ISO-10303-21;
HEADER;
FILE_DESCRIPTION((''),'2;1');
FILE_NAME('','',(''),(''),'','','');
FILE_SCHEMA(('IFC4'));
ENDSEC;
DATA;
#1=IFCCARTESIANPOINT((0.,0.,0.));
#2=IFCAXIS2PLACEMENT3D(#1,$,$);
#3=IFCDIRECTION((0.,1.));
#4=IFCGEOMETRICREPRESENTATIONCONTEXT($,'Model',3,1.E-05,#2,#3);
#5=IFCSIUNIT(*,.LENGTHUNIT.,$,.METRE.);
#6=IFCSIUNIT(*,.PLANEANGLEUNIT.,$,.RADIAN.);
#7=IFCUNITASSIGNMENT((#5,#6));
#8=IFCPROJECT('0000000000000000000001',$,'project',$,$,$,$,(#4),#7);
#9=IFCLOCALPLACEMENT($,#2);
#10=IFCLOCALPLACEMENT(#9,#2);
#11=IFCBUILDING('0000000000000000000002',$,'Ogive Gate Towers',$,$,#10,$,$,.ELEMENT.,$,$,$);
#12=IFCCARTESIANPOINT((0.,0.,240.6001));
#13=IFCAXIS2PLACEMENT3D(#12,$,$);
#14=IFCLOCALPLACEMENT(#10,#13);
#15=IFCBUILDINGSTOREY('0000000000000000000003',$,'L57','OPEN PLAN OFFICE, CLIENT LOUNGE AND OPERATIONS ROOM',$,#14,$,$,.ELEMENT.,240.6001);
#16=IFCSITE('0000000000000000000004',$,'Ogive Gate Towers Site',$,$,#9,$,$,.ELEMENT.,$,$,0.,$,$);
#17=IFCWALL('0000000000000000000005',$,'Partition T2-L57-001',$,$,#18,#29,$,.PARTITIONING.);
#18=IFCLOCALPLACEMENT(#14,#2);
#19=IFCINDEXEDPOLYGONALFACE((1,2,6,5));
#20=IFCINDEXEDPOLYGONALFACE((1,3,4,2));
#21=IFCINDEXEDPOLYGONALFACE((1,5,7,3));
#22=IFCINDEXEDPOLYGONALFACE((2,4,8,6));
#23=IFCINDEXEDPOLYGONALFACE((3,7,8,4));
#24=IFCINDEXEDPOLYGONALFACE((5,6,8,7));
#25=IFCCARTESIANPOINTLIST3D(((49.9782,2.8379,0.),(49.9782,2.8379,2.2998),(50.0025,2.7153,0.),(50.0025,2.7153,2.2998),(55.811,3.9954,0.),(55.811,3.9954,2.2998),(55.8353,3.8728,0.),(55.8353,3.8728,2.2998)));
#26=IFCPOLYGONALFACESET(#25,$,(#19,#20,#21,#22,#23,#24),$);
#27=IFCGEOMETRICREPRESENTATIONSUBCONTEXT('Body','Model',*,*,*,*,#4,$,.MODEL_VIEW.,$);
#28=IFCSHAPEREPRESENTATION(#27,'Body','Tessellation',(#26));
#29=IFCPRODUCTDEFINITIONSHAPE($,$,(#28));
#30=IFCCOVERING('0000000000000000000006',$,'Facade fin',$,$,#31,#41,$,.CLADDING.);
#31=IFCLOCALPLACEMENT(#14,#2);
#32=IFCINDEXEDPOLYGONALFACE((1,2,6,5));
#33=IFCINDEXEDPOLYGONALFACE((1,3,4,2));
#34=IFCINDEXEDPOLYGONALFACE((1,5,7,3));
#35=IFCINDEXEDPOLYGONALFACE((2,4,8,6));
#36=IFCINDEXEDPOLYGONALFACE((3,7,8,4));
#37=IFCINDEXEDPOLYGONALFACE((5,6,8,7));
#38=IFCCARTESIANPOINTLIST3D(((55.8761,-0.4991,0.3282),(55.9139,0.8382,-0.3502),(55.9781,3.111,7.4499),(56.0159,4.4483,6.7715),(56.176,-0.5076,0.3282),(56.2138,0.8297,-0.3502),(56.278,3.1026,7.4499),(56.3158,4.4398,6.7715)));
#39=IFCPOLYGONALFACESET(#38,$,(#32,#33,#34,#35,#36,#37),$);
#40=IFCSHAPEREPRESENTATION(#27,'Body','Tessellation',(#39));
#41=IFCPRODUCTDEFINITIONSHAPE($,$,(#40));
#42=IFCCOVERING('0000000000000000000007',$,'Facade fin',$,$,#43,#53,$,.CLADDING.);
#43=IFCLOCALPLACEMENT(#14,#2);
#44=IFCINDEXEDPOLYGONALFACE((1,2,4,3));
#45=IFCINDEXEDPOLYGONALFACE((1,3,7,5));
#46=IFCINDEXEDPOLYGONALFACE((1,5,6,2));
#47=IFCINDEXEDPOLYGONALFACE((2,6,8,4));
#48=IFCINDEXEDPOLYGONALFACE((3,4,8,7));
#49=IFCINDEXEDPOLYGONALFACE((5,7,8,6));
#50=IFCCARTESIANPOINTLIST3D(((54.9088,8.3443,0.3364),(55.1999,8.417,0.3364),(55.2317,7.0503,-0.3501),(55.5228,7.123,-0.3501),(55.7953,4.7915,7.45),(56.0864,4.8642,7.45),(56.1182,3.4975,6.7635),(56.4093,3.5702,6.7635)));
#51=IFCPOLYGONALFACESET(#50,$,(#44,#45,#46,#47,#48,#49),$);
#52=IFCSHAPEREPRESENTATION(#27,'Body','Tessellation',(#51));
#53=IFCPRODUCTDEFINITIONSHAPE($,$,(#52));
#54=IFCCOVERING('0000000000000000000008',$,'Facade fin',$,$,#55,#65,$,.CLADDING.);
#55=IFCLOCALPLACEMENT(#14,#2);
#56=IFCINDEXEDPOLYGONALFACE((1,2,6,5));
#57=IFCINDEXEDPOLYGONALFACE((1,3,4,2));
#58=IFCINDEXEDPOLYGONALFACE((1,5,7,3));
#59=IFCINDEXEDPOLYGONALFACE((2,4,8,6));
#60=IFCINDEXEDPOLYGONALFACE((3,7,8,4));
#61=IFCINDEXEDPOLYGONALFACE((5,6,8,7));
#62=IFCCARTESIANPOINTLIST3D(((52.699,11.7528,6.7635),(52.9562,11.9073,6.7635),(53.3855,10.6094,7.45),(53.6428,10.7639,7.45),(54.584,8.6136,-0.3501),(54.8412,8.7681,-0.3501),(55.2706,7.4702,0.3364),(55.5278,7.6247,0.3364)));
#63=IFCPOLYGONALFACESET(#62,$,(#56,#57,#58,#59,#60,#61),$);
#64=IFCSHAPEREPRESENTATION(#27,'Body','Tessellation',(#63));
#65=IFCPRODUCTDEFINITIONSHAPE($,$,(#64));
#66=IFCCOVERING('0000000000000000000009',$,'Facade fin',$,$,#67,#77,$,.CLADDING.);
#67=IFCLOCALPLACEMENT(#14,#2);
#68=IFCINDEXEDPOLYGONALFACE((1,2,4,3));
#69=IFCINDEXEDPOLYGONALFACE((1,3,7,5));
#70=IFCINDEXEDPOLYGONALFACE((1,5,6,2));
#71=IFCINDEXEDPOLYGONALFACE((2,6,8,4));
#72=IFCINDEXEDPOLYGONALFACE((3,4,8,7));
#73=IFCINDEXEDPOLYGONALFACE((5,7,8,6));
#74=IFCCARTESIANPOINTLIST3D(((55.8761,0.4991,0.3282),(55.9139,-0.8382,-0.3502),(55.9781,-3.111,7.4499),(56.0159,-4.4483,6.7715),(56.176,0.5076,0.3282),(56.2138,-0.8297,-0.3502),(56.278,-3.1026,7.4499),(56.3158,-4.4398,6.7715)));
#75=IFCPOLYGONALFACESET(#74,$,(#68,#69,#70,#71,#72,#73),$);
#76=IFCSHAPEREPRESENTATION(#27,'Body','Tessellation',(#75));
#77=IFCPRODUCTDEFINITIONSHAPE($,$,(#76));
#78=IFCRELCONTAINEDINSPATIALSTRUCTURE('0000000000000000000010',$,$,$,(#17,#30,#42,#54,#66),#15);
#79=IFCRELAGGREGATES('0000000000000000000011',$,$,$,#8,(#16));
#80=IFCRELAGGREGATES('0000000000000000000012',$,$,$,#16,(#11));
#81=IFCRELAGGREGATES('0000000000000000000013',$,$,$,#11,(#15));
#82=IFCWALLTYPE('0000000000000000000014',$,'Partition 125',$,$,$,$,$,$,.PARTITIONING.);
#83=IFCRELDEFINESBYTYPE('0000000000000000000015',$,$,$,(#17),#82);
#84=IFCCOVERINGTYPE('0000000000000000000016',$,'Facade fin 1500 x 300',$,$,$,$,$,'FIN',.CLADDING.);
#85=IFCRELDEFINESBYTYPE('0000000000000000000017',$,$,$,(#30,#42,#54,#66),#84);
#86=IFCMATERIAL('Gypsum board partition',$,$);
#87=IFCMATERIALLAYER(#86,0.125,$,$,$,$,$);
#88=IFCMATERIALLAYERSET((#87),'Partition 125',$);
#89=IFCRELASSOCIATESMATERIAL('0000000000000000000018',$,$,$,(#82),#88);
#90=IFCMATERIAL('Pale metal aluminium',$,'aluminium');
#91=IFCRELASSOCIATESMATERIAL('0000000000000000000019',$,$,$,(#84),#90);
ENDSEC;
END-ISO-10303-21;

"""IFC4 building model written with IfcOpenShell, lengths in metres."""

from ifc_helpers import new_model, si_unit, direction, frame, frame_2d, origin, origin_2d, place, context, subcontext, project, spatial, rectangle, extrude, material, layer, layer_set, material_profile, profile_set, type_object, element, save


model = new_model("IFC4")

# Units and contexts
model_context = context("Model", 3, precision=1e-05, world=origin(), true_north=direction((0.0, 1.0)))
body_context = subcontext(model_context, "Body", "Model", "MODEL_VIEW")
ifc_project = project(units=[si_unit("LENGTHUNIT", "METRE"), si_unit("PLANEANGLEUNIT", "RADIAN")], contexts=[model_context])

# Site, building, storey
site_placement = place(None, origin())
site = spatial("IfcSite", under=ifc_project, at=site_placement, Name="Ogive Gate Towers Site", CompositionType="ELEMENT", RefElevation=0.0)
building_placement = place(site_placement, origin())
building = spatial("IfcBuilding", under=site, at=building_placement, Name="Ogive Gate Towers", CompositionType="ELEMENT")
storey_placement = place(building_placement, frame((0.0, 0.0, 240.6001)))
storey = spatial("IfcBuildingStorey", under=building, at=storey_placement, Name="L57", Description="OPEN PLAN OFFICE, CLIENT LOUNGE AND OPERATIONS ROOM", CompositionType="ELEMENT", Elevation=240.6001)

# Shared definitions
ifc_material_1 = material(Name="Pale metal aluminium", Category="aluminium")

# Wall
ifc_material_2 = material(Name="Gypsum board partition")
ifc_layer_1 = layer(ifc_material_2, 0.125)
ifc_layer_set_1 = layer_set([ifc_layer_1], Name="Partition 125")
wall_type = type_object("IfcWallType", Name="Partition 125", PredefinedType="PARTITIONING", material=ifc_layer_set_1)
wall_placement = place(storey_placement, frame((55.823, 3.9341, 0.0), z_axis=(0.0, 0.0, 1.0), x_axis=(-0.980873, -0.194647, 0.0)))
element("IfcWall", 1, at=wall_placement, inside=storey, type_object=wall_type, Name="Partition T2-L57-001", PredefinedType="PARTITIONING", context=body_context, shape_type="SweptSolid", body=[
    extrude(rectangle(XDim=5.9465, YDim=0.125, at=frame_2d((2.9731, 0.0))), origin(), (0.0, 0.0, 1.0), 2.2998),
])

# Coverings
ifc_material_profile_1 = material_profile(ifc_material_1, rectangle(XDim=0.3, YDim=1.5, at=origin_2d()), Name="1500 x 300 pale metal aluminium")
ifc_profile_set_1 = profile_set([ifc_material_profile_1], Name="Pale metal aluminium")
covering_type = type_object("IfcCoveringType", Name="Facade fin 1500 x 300", ElementType="FIN", PredefinedType="CLADDING", material=ifc_profile_set_1)
covering_1_placement = place(storey_placement, frame((56.0449, 0.1653, -0.011), z_axis=(0.01278, 0.452111, 0.89187), x_axis=(-0.999601, 0.028257, 0.0)))
element("IfcCovering", 2, at=covering_1_placement, inside=storey, type_object=covering_type, Name="Facade fin", PredefinedType="CLADDING", context=body_context, shape_type="SweptSolid", body=[
    extrude(rectangle(XDim=0.3, YDim=1.5, at=origin_2d()), origin(), (0.0, 0.0, 1.0), 7.9851),
])
for number, where, z_axis, x_axis, name in (
    (3, (55.2158, 7.7336, -0.0068), (0.110801, -0.444057, 0.889121), (0.970252, 0.242096, 0.0), "Facade fin"),
    (4, (55.0559, 8.1191, -0.0068), (-0.235608, 0.392365, 0.889122), (-0.85731, -0.5148, 0.0), "Facade fin"),
):
    element("IfcCovering", number, at=place(storey_placement, frame(where, z_axis=z_axis, x_axis=x_axis)), inside=storey, type_object=covering_type, Name=name, PredefinedType="CLADDING", context=body_context, shape_type="SweptSolid", body=[
        extrude(rectangle(XDim=0.3, YDim=1.5, at=origin_2d()), origin(), (0.0, 0.0, 1.0), 8.0007),
    ])
covering_2_placement = place(storey_placement, frame((56.0449, -0.1653, -0.011), z_axis=(0.01278, -0.452111, 0.89187), x_axis=(0.999601, 0.028257, 0.0)))
element("IfcCovering", 5, at=covering_2_placement, inside=storey, type_object=covering_type, Name="Facade fin", PredefinedType="CLADDING", context=body_context, shape_type="SweptSolid", body=[
    extrude(rectangle(XDim=0.3, YDim=1.5, at=origin_2d()), origin(), (0.0, 0.0, 1.0), 7.9851),
])

save(model, "model.ifc")
